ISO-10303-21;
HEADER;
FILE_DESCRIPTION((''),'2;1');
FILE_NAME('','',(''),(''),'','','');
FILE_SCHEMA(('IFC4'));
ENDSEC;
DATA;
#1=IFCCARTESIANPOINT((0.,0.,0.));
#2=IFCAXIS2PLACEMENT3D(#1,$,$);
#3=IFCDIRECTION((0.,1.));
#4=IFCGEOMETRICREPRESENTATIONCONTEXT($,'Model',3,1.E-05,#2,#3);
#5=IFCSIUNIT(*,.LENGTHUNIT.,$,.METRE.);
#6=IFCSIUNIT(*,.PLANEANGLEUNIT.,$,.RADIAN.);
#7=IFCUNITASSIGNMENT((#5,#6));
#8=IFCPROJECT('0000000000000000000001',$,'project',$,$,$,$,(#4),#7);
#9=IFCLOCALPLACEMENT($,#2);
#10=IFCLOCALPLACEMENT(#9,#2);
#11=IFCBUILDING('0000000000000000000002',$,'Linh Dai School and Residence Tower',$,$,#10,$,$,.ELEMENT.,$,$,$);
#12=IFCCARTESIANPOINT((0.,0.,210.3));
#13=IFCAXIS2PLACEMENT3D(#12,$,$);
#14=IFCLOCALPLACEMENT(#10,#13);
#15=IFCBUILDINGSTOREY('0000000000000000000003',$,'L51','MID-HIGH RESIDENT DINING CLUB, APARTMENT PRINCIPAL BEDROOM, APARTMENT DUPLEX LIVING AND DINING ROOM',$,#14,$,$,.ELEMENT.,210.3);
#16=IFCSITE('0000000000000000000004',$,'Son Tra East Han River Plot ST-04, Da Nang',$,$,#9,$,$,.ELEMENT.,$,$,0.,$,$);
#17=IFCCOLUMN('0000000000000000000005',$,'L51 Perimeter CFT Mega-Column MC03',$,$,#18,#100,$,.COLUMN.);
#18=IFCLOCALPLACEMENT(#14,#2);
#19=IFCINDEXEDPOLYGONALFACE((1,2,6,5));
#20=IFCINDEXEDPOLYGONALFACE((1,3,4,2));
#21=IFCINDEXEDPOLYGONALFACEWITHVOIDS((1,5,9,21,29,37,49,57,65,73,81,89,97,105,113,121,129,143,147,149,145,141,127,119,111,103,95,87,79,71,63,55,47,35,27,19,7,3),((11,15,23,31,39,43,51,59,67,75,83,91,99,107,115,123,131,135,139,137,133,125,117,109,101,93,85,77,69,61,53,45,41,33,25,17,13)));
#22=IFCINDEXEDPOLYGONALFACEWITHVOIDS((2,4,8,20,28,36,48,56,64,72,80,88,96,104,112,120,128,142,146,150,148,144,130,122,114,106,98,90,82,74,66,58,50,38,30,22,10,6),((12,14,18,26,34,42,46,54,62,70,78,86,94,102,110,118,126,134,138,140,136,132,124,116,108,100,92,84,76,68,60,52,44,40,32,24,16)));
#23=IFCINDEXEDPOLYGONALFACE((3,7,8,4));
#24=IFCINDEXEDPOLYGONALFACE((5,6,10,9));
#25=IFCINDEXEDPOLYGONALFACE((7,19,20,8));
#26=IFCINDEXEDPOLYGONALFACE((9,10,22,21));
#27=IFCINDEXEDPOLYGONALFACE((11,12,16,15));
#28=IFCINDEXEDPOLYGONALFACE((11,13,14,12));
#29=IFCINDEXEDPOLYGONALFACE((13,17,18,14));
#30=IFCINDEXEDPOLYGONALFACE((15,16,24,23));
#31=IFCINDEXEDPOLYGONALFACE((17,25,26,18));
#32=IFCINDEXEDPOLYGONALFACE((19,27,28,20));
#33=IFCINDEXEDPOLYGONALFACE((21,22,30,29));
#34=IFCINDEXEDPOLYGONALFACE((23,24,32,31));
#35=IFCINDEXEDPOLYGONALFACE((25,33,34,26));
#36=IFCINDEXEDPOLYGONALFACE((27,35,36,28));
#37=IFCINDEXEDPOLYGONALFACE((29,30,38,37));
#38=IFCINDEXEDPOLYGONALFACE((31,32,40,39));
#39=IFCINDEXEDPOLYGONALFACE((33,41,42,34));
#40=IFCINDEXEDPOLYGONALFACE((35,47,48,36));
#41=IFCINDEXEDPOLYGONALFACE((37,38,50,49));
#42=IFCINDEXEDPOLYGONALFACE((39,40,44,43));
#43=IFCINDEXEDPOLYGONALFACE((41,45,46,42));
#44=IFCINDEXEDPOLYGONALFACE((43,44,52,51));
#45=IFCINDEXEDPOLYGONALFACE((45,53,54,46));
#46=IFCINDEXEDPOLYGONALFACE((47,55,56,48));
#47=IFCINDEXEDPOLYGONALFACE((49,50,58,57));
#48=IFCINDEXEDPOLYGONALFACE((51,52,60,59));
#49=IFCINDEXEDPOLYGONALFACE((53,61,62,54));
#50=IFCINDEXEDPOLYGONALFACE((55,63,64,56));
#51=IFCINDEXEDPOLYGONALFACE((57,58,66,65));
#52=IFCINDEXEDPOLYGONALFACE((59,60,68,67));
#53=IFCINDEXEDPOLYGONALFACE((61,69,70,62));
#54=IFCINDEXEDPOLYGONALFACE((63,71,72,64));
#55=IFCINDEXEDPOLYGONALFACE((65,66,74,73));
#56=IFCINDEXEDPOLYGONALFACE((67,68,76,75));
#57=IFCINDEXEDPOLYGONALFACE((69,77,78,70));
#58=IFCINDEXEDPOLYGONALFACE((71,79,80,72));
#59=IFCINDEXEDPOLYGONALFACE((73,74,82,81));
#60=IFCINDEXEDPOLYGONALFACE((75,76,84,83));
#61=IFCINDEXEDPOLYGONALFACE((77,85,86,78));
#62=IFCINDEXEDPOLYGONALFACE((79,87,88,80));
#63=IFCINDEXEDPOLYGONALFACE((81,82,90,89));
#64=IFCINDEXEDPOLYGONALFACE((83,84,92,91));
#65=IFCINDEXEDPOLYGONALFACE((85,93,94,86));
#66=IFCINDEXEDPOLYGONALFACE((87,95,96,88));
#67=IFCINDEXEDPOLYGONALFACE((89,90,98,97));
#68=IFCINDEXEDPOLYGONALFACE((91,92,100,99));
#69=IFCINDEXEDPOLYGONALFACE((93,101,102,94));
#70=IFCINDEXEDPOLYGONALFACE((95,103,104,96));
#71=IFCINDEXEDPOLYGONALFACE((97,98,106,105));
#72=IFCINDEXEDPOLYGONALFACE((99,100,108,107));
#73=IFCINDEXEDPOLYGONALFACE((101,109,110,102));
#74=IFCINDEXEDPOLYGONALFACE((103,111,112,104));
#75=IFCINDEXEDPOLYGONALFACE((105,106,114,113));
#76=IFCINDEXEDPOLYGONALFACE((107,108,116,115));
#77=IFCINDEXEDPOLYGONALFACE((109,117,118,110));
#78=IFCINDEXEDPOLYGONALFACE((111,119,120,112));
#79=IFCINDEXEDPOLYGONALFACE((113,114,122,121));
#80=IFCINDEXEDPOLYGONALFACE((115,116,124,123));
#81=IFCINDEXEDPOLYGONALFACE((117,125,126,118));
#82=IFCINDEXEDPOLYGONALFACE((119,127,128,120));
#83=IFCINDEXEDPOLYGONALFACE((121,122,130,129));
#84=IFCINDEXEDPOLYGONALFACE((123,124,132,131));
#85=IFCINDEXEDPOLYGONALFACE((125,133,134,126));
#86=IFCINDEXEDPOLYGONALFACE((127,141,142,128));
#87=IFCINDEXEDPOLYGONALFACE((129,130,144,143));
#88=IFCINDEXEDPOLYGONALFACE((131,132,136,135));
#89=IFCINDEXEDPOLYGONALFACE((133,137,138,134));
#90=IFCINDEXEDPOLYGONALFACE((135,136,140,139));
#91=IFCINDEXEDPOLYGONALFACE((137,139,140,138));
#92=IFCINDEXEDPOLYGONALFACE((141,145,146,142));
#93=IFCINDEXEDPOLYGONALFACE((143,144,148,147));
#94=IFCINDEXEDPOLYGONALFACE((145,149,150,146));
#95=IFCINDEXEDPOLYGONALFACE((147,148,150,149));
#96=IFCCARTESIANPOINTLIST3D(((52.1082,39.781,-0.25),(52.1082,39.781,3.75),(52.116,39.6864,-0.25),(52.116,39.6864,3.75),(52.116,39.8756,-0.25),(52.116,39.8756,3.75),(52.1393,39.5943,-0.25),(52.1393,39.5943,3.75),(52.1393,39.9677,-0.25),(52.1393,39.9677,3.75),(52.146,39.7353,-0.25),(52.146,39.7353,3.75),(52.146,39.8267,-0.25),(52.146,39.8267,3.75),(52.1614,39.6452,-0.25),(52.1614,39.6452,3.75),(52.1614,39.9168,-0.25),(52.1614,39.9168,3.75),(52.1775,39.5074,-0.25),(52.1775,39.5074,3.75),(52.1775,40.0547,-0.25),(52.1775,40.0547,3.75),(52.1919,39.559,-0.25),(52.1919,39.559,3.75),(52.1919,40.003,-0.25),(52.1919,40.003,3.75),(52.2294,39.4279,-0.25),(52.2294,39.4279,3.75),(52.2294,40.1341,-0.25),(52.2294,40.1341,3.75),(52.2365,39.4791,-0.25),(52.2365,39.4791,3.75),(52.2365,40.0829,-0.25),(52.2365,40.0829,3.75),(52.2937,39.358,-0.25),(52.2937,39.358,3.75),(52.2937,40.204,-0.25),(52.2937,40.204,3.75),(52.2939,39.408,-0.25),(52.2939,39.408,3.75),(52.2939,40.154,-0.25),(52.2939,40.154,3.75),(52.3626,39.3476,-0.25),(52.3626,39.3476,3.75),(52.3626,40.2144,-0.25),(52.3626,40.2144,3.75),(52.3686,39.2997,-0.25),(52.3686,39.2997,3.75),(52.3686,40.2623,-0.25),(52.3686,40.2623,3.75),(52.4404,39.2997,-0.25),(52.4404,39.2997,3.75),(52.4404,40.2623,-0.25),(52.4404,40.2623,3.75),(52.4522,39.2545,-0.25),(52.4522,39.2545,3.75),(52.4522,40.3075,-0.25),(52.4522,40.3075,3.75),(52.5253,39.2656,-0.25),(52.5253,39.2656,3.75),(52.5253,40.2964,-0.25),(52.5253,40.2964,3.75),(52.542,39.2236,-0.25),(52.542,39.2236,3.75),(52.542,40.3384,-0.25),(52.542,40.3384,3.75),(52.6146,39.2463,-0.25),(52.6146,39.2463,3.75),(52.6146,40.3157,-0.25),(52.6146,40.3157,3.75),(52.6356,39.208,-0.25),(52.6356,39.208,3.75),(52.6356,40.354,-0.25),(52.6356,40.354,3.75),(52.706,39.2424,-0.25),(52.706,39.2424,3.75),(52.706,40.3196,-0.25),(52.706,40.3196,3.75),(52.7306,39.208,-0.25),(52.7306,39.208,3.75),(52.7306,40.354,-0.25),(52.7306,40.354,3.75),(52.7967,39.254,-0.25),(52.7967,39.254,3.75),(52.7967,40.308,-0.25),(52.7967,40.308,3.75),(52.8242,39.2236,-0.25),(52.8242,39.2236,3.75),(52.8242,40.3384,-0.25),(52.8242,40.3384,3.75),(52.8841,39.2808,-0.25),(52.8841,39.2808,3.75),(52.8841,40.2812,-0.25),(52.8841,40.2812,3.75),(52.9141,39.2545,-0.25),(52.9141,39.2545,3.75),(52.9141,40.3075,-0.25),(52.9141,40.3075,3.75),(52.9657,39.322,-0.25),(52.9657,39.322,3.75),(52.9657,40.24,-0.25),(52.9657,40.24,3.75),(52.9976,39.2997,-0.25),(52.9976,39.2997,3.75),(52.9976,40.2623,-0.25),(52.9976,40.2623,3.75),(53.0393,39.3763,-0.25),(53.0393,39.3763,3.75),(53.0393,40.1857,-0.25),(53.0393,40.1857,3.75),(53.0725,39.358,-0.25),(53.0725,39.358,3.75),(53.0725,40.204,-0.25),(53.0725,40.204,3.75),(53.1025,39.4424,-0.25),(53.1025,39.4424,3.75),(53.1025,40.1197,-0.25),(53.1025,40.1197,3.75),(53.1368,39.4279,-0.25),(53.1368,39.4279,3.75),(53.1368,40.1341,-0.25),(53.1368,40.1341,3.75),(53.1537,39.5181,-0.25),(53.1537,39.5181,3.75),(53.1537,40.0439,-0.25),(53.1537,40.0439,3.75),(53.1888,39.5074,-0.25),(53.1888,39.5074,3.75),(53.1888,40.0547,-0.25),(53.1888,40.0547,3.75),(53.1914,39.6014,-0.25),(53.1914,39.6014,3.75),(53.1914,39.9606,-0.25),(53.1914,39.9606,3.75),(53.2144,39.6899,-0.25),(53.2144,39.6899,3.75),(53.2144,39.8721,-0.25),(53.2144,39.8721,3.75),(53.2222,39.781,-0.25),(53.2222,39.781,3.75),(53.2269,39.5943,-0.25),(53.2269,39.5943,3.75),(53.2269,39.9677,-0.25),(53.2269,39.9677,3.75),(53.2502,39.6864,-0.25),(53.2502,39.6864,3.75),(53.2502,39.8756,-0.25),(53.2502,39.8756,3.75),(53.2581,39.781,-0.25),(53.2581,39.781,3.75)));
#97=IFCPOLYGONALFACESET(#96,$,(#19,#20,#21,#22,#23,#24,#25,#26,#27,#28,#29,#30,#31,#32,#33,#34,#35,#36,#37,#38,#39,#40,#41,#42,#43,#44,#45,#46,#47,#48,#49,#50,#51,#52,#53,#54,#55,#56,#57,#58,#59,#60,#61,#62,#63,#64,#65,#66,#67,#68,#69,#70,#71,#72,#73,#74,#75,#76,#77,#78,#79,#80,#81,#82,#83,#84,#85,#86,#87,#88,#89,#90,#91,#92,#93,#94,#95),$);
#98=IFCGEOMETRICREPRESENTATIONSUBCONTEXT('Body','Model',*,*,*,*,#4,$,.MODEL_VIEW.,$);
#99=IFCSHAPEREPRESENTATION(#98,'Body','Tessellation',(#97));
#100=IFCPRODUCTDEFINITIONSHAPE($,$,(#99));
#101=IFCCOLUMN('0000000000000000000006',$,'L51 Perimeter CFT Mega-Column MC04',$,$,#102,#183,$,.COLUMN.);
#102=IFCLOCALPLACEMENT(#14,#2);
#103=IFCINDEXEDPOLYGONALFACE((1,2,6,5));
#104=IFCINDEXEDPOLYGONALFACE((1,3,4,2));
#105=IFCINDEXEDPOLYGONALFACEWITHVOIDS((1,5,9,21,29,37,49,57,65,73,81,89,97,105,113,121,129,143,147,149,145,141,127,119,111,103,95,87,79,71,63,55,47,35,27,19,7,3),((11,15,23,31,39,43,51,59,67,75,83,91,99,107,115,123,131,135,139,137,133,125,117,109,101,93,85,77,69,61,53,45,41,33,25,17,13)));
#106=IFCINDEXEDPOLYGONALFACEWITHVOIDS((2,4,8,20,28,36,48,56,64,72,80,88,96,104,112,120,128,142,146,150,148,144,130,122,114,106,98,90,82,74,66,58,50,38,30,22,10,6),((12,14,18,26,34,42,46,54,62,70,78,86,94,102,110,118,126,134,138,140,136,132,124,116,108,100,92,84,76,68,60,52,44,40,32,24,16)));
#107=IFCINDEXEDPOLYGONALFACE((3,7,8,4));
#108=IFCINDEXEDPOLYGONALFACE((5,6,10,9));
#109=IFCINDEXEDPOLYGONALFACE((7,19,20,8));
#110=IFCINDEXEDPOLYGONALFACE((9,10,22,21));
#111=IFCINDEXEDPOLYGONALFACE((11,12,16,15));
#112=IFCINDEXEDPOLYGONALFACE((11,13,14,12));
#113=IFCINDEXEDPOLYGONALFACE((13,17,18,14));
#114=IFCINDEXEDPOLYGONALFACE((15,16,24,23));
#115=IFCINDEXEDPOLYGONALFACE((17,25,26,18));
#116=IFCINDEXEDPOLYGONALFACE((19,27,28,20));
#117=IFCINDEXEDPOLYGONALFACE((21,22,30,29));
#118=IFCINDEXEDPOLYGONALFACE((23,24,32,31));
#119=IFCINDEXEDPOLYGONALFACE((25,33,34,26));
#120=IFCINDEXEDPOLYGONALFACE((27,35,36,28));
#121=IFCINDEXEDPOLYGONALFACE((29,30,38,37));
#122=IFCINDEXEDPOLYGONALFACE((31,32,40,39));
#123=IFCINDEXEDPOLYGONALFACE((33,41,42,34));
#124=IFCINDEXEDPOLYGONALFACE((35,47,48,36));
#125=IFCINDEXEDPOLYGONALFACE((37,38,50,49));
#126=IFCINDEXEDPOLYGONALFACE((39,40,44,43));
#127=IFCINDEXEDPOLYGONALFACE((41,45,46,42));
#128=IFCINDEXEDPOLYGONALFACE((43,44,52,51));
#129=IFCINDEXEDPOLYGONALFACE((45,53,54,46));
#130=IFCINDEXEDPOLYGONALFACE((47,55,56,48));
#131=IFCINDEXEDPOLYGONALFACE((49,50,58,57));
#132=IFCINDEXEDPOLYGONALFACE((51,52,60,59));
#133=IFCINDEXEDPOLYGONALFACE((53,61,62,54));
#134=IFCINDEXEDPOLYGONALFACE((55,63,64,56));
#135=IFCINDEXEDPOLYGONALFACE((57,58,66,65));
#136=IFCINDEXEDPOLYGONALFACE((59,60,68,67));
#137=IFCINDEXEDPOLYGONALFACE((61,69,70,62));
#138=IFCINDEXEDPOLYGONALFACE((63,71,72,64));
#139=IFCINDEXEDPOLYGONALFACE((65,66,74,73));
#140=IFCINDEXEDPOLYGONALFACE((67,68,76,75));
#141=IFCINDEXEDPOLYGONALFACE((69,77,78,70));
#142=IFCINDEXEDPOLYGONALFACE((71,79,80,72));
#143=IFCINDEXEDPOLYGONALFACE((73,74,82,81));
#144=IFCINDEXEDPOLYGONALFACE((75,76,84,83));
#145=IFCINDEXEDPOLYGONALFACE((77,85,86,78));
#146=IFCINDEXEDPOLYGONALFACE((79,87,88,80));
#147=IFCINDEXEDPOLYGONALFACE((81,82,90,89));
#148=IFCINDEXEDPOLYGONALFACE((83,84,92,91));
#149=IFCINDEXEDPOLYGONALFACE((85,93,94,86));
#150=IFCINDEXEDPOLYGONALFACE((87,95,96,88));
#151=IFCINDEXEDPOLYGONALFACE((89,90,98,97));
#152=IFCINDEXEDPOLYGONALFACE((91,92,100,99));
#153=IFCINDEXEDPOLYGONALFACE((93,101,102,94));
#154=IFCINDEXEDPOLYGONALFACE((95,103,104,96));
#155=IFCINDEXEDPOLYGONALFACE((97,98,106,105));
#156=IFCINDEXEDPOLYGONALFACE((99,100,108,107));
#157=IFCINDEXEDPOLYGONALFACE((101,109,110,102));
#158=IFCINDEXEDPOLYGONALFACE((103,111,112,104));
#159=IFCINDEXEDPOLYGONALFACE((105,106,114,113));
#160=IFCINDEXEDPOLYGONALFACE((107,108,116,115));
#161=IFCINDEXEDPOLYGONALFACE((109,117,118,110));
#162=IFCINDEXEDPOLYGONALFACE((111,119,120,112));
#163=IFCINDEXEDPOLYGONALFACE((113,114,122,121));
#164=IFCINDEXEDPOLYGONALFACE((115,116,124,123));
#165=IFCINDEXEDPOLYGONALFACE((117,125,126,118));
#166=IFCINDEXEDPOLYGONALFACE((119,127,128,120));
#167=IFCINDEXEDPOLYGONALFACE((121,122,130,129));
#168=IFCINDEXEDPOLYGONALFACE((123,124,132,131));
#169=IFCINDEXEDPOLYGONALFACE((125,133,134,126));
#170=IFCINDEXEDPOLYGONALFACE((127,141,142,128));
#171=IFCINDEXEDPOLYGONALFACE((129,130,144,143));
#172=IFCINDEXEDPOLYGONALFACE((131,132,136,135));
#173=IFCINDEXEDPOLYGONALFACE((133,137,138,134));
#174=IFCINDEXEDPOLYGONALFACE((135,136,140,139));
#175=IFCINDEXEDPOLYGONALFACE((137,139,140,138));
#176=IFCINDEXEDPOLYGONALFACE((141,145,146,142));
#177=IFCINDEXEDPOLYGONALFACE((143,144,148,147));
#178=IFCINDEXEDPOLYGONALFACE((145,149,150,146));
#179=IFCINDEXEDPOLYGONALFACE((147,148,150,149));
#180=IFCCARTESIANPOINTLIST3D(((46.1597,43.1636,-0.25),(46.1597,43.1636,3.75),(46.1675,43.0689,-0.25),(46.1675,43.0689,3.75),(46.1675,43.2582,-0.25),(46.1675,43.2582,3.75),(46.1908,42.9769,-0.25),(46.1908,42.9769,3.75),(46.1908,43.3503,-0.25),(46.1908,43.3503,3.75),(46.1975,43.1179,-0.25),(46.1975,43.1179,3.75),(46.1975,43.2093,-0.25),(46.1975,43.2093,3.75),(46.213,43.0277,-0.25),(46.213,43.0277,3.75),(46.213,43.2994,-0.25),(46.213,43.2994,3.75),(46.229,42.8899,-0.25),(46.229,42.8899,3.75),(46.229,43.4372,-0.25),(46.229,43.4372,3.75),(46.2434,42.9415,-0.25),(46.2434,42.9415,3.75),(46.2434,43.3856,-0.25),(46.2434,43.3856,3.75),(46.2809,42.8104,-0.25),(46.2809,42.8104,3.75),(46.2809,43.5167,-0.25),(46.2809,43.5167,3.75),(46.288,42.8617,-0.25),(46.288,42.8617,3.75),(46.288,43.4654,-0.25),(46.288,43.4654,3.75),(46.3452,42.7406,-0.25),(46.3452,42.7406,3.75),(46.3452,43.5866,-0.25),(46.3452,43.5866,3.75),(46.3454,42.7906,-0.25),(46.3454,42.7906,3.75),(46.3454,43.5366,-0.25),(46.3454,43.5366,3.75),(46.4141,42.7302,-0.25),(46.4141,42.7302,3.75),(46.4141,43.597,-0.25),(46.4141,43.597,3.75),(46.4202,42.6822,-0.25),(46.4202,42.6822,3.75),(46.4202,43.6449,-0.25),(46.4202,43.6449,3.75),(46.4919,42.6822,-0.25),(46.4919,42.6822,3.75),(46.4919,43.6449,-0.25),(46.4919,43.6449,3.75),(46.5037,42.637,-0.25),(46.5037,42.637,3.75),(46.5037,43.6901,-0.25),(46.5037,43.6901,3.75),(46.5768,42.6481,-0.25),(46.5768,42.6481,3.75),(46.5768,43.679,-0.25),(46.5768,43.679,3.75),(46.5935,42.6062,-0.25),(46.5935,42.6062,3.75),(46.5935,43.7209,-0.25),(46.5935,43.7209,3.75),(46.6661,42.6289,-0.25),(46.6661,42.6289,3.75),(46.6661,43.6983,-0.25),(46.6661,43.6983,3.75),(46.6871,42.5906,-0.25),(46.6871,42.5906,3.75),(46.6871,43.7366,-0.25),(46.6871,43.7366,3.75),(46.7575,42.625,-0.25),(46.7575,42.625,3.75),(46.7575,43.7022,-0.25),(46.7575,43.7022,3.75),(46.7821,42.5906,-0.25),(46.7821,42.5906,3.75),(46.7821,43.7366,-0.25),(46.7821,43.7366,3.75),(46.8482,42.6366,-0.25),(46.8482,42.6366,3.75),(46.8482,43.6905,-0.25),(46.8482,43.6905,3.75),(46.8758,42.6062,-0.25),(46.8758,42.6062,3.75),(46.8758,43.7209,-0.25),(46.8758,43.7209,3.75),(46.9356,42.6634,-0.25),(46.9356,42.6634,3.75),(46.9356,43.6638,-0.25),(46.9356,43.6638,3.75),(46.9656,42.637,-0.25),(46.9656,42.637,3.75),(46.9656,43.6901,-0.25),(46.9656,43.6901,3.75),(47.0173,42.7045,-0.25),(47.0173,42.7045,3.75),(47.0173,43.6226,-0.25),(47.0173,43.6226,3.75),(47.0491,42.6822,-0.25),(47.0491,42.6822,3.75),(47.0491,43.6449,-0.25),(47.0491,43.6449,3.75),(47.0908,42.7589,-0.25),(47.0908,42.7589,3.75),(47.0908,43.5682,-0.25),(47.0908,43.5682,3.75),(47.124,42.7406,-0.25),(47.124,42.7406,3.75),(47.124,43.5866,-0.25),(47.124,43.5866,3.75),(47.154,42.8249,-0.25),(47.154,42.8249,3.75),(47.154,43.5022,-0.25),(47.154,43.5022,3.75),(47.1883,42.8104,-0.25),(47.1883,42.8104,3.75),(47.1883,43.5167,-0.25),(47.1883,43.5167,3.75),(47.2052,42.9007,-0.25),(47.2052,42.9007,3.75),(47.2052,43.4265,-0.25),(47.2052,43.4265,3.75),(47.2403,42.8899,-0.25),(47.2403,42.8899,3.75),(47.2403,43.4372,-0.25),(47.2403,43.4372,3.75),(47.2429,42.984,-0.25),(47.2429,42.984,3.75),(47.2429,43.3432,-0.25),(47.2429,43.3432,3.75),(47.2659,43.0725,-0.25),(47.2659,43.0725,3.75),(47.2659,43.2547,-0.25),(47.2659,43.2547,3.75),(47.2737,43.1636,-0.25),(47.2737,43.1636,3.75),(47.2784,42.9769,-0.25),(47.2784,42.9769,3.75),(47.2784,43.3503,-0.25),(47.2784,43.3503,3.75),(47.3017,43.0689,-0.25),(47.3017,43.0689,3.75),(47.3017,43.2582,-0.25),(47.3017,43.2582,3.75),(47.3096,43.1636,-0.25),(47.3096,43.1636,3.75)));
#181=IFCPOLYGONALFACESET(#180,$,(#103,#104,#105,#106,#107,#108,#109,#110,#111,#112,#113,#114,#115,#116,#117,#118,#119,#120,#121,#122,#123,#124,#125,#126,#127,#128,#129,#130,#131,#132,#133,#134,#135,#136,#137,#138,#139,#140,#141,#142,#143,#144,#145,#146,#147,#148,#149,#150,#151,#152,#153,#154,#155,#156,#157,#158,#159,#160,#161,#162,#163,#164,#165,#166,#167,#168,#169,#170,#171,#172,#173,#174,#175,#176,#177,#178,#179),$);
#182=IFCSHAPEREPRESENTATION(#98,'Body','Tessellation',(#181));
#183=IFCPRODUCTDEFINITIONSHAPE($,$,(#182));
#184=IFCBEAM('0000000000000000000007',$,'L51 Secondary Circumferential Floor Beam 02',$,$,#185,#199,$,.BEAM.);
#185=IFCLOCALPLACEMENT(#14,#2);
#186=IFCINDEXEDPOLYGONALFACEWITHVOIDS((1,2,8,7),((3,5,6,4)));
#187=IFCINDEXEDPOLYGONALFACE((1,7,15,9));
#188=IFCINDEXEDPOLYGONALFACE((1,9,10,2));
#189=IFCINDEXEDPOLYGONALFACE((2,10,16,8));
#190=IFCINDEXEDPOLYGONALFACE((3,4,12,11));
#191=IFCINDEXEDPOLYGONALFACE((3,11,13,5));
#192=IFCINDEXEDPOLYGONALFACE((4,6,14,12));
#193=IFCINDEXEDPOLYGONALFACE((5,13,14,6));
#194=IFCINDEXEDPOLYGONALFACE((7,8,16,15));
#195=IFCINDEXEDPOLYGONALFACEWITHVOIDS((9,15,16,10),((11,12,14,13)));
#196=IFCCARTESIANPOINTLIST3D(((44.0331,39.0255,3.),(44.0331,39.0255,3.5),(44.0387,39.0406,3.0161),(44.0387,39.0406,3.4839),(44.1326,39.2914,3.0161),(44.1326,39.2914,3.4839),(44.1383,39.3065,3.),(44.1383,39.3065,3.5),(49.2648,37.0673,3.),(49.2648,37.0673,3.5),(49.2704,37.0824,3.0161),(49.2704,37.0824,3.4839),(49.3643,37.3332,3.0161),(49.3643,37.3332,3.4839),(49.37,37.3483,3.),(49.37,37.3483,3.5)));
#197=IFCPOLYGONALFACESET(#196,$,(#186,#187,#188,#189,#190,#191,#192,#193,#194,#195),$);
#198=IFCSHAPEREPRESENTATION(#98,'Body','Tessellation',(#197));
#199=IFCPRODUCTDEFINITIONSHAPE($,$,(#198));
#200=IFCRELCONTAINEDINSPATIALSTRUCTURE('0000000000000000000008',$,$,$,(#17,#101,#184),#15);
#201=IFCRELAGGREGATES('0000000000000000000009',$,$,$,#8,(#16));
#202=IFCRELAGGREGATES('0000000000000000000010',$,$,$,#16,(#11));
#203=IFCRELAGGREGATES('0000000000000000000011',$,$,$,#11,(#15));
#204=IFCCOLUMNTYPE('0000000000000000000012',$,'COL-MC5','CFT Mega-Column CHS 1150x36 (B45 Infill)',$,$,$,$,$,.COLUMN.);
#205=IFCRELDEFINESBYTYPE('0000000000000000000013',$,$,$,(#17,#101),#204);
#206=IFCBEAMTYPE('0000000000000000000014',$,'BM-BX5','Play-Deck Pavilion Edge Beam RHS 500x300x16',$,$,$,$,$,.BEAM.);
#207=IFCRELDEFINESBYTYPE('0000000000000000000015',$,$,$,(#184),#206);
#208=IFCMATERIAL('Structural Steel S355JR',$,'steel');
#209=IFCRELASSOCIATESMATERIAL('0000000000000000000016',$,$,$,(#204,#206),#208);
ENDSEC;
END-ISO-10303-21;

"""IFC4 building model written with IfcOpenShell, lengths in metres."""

from ifc_helpers import new_model, si_unit, direction, frame, origin, origin_2d, place, context, subcontext, project, spatial, hollow_rectangle, hollow_circle, extrude, material, material_profile, profile_set, type_object, element, save


model = new_model("IFC4")

# Units and contexts
model_context = context("Model", 3, precision=1e-05, world=origin(), true_north=direction((0.0, 1.0)))
body_context = subcontext(model_context, "Body", "Model", "MODEL_VIEW")
ifc_project = project(units=[si_unit("LENGTHUNIT", "METRE"), si_unit("PLANEANGLEUNIT", "RADIAN")], contexts=[model_context])

# Site, building, storey
site_placement = place(None, origin())
site = spatial("IfcSite", under=ifc_project, at=site_placement, Name="Son Tra East Han River Plot ST-04, Da Nang", CompositionType="ELEMENT", RefElevation=0.0)
building_placement = place(site_placement, origin())
building = spatial("IfcBuilding", under=site, at=building_placement, Name="Linh Dai School and Residence Tower", CompositionType="ELEMENT")
storey_placement = place(building_placement, frame((0.0, 0.0, 210.3)))
storey = spatial("IfcBuildingStorey", under=building, at=storey_placement, Name="L51", Description="MID-HIGH RESIDENT DINING CLUB, APARTMENT PRINCIPAL BEDROOM, APARTMENT DUPLEX LIVING AND DINING ROOM", CompositionType="ELEMENT", Elevation=210.3)

# Columns
ifc_material_1 = material(Name="Structural Steel S355JR", Category="steel")
ifc_material_profile_1 = material_profile(ifc_material_1, hollow_circle(Radius=0.575, WallThickness=0.0359, at=origin_2d()), Name="CHS 1150x36")
ifc_profile_set_1 = profile_set([ifc_material_profile_1], Name="Structural Steel S355JR")
column_type = type_object("IfcColumnType", Name="COL-MC5", Description="CFT Mega-Column CHS 1150x36 (B45 Infill)", PredefinedType="COLUMN", material=ifc_profile_set_1)
for number, where, z_axis, x_axis, name in (
    (1, (52.6831, 39.781, -0.25), (0.0, 0.0, 1.0), (1.0, 0.0, 0.0), "L51 Perimeter CFT Mega-Column MC03"),
    (2, (46.7346, 43.1636, -0.25), (0.0, 0.0, 1.0), (1.0, 0.0, 0.0), "L51 Perimeter CFT Mega-Column MC04"),
):
    element("IfcColumn", number, at=place(storey_placement, frame(where, z_axis=z_axis, x_axis=x_axis)), inside=storey, type_object=column_type, Name=name, PredefinedType="COLUMN", context=body_context, shape_type="SweptSolid", body=[
        extrude(hollow_circle(Radius=0.575, WallThickness=0.0359, at=origin_2d()), origin(), (0.0, 0.0, 1.0), 4.0),
    ])

# Beam
ifc_material_profile_2 = material_profile(ifc_material_1, hollow_rectangle(XDim=0.3, YDim=0.5, WallThickness=0.0161, at=origin_2d()), Name="RHS 500x300x16")
ifc_profile_set_2 = profile_set([ifc_material_profile_2], Name="Structural Steel S355JR")
beam_type_1 = type_object("IfcBeamType", Name="BM-BX5", Description="Play-Deck Pavilion Edge Beam RHS 500x300x16", PredefinedType="BEAM", material=ifc_profile_set_2)
beam_1_placement = place(storey_placement, frame((49.3174, 37.2078, 3.25), z_axis=(-0.936543, 0.350553, 0.0), x_axis=(-0.350553, -0.936543, 0.0)))
element("IfcBeam", 3, at=beam_1_placement, inside=storey, type_object=beam_type_1, Name="L51 Secondary Circumferential Floor Beam 02", PredefinedType="BEAM", context=body_context, shape_type="SweptSolid", body=[
    extrude(hollow_rectangle(XDim=0.3, YDim=0.5, WallThickness=0.0161, at=origin_2d()), origin(), (0.0, 0.0, 1.0), 5.5862),
])

save(model, "model.ifc")
